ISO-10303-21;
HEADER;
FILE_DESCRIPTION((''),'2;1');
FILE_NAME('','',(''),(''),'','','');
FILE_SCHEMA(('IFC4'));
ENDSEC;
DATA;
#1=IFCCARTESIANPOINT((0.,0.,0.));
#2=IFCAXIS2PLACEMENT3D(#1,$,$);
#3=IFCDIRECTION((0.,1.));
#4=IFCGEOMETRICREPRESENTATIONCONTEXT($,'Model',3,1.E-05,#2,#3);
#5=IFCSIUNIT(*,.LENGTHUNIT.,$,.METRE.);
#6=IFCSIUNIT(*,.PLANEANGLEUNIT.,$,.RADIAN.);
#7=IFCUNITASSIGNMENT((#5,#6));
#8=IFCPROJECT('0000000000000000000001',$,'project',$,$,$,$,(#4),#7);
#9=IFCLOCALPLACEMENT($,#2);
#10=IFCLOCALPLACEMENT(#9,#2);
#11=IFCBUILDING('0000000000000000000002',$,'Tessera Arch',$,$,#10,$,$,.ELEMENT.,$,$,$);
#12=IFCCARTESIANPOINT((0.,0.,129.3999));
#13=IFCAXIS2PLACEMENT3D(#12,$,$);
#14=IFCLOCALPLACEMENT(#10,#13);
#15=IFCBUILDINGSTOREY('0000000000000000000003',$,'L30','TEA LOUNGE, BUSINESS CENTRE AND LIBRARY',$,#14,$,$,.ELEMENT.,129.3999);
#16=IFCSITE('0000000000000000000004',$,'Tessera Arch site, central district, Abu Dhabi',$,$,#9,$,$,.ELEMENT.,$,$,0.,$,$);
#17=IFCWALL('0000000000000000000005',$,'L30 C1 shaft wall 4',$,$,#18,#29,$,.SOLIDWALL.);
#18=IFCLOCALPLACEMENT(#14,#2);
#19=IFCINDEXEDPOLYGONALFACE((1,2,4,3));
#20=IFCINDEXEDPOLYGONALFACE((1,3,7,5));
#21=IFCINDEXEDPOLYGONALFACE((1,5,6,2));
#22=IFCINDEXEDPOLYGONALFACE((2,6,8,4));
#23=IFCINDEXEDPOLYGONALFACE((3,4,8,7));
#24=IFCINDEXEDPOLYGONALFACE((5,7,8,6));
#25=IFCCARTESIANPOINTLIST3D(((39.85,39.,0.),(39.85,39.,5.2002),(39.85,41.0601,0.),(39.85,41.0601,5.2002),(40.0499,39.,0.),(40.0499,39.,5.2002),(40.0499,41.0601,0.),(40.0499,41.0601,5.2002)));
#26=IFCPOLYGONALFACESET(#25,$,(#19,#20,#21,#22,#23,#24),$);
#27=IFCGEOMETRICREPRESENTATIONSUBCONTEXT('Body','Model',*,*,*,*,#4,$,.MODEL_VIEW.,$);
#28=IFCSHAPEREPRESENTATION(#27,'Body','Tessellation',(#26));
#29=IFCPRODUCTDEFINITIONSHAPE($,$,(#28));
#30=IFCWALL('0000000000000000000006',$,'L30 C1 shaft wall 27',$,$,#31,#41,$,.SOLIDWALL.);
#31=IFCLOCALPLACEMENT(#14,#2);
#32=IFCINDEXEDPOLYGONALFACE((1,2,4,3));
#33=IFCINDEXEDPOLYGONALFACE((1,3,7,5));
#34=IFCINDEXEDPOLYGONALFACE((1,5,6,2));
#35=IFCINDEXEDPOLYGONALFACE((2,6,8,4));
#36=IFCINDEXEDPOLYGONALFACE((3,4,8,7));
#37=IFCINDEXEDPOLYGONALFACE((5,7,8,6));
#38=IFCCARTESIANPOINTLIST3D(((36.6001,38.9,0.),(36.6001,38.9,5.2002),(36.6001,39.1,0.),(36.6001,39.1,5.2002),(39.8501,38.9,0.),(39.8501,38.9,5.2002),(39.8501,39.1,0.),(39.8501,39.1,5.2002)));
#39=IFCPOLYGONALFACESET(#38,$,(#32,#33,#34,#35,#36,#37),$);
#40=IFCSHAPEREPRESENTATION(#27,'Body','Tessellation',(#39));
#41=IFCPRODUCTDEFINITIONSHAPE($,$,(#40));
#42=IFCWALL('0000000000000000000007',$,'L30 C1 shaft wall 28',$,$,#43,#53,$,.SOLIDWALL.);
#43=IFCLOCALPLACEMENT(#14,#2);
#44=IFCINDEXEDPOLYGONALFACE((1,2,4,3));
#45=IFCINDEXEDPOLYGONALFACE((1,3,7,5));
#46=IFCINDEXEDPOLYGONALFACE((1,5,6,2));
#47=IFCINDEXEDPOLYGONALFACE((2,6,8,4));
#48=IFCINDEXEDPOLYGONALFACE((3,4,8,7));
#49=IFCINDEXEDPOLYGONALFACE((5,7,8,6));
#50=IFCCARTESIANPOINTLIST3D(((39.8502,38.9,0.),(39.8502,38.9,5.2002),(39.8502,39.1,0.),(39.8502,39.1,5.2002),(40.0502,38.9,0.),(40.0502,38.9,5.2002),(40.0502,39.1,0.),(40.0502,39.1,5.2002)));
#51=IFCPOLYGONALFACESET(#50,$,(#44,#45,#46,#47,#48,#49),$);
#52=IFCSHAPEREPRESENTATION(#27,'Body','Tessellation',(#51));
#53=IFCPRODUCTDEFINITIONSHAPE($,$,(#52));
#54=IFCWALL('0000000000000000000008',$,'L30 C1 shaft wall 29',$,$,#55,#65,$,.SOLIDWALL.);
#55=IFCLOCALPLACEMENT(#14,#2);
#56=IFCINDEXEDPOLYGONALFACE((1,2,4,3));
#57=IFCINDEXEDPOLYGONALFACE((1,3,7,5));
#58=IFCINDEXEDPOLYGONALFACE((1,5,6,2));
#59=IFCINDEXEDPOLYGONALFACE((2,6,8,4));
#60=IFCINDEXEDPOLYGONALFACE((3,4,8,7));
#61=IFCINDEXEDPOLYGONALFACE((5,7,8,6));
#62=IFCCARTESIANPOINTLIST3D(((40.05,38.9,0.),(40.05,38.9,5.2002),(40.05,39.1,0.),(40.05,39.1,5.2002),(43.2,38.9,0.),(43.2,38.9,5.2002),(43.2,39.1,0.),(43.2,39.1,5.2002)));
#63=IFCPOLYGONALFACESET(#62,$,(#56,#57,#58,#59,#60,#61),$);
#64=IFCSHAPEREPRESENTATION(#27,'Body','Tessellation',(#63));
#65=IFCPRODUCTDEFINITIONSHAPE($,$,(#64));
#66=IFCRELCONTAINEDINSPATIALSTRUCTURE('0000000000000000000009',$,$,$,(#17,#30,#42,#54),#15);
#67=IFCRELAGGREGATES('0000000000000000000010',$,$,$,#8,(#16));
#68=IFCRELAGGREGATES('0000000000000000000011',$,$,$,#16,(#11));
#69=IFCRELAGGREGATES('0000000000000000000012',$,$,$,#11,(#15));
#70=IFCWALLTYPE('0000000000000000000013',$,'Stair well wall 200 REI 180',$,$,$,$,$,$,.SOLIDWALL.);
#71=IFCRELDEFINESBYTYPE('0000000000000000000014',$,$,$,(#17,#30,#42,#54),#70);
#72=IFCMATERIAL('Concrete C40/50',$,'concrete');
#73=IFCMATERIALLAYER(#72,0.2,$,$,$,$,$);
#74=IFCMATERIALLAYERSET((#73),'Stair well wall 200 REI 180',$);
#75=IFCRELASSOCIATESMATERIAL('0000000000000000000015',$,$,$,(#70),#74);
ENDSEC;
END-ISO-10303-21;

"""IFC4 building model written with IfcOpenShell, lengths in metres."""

from ifc_helpers import new_model, si_unit, direction, frame, frame_2d, origin, place, context, subcontext, project, spatial, rectangle, extrude, material, layer, layer_set, type_object, element, save


model = new_model("IFC4")

# Units and contexts
model_context = context("Model", 3, precision=1e-05, world=origin(), true_north=direction((0.0, 1.0)))
body_context = subcontext(model_context, "Body", "Model", "MODEL_VIEW")
ifc_project = project(units=[si_unit("LENGTHUNIT", "METRE"), si_unit("PLANEANGLEUNIT", "RADIAN")], contexts=[model_context])

# Site, building, storey
site_placement = place(None, origin())
site = spatial("IfcSite", under=ifc_project, at=site_placement, Name="Tessera Arch site, central district, Abu Dhabi", CompositionType="ELEMENT", RefElevation=0.0)
building_placement = place(site_placement, origin())
building = spatial("IfcBuilding", under=site, at=building_placement, Name="Tessera Arch", CompositionType="ELEMENT")
storey_placement = place(building_placement, frame((0.0, 0.0, 129.3999)))
storey = spatial("IfcBuildingStorey", under=building, at=storey_placement, Name="L30", Description="TEA LOUNGE, BUSINESS CENTRE AND LIBRARY", CompositionType="ELEMENT", Elevation=129.3999)

# Walls
ifc_material_1 = material(Name="Concrete C40/50", Category="concrete")
ifc_layer_1 = layer(ifc_material_1, 0.2)
ifc_layer_set_1 = layer_set([ifc_layer_1], Name="Stair well wall 200 REI 180")
wall_type_1 = type_object("IfcWallType", Name="Stair well wall 200 REI 180", PredefinedType="SOLIDWALL", material=ifc_layer_set_1)
wall_1_placement = place(storey_placement, frame((39.95, 39.0, 0.0), z_axis=(0.0, 0.0, 1.0), x_axis=(0.0, 1.0, 0.0)))
element("IfcWall", 1, at=wall_1_placement, inside=storey, type_object=wall_type_1, Name="L30 C1 shaft wall 4", PredefinedType="SOLIDWALL", context=body_context, shape_type="SweptSolid", body=[
    extrude(rectangle(XDim=2.0601, YDim=0.2, at=frame_2d((1.03, 0.0))), origin(), (0.0, 0.0, 1.0), 5.2002),
])
wall_2_placement = place(storey_placement, frame((36.6001, 39.0, 0.0), z_axis=(0.0, 0.0, 1.0), x_axis=(1.0, 0.0, 0.0)))
element("IfcWall", 2, at=wall_2_placement, inside=storey, type_object=wall_type_1, Name="L30 C1 shaft wall 27", PredefinedType="SOLIDWALL", context=body_context, shape_type="SweptSolid", body=[
    extrude(rectangle(XDim=3.25, YDim=0.2, at=frame_2d((1.625, 0.0))), origin(), (0.0, 0.0, 1.0), 5.2002),
])
wall_3_placement = place(storey_placement, frame((39.8501, 39.0, 0.0), z_axis=(0.0, 0.0, 1.0), x_axis=(1.0, 0.0, 0.0)))
element("IfcWall", 3, at=wall_3_placement, inside=storey, type_object=wall_type_1, Name="L30 C1 shaft wall 28", PredefinedType="SOLIDWALL", context=body_context, shape_type="SweptSolid", body=[
    extrude(rectangle(XDim=0.2, YDim=0.2, at=frame_2d((0.1001, 0.0))), origin(), (0.0, 0.0, 1.0), 5.2002),
])
wall_4_placement = place(storey_placement, frame((40.05, 39.0, 0.0), z_axis=(0.0, 0.0, 1.0), x_axis=(1.0, 0.0, 0.0)))
element("IfcWall", 4, at=wall_4_placement, inside=storey, type_object=wall_type_1, Name="L30 C1 shaft wall 29", PredefinedType="SOLIDWALL", context=body_context, shape_type="SweptSolid", body=[
    extrude(rectangle(XDim=3.1499, YDim=0.2, at=frame_2d((1.575, 0.0))), origin(), (0.0, 0.0, 1.0), 5.2002),
])

save(model, "model.ifc")
